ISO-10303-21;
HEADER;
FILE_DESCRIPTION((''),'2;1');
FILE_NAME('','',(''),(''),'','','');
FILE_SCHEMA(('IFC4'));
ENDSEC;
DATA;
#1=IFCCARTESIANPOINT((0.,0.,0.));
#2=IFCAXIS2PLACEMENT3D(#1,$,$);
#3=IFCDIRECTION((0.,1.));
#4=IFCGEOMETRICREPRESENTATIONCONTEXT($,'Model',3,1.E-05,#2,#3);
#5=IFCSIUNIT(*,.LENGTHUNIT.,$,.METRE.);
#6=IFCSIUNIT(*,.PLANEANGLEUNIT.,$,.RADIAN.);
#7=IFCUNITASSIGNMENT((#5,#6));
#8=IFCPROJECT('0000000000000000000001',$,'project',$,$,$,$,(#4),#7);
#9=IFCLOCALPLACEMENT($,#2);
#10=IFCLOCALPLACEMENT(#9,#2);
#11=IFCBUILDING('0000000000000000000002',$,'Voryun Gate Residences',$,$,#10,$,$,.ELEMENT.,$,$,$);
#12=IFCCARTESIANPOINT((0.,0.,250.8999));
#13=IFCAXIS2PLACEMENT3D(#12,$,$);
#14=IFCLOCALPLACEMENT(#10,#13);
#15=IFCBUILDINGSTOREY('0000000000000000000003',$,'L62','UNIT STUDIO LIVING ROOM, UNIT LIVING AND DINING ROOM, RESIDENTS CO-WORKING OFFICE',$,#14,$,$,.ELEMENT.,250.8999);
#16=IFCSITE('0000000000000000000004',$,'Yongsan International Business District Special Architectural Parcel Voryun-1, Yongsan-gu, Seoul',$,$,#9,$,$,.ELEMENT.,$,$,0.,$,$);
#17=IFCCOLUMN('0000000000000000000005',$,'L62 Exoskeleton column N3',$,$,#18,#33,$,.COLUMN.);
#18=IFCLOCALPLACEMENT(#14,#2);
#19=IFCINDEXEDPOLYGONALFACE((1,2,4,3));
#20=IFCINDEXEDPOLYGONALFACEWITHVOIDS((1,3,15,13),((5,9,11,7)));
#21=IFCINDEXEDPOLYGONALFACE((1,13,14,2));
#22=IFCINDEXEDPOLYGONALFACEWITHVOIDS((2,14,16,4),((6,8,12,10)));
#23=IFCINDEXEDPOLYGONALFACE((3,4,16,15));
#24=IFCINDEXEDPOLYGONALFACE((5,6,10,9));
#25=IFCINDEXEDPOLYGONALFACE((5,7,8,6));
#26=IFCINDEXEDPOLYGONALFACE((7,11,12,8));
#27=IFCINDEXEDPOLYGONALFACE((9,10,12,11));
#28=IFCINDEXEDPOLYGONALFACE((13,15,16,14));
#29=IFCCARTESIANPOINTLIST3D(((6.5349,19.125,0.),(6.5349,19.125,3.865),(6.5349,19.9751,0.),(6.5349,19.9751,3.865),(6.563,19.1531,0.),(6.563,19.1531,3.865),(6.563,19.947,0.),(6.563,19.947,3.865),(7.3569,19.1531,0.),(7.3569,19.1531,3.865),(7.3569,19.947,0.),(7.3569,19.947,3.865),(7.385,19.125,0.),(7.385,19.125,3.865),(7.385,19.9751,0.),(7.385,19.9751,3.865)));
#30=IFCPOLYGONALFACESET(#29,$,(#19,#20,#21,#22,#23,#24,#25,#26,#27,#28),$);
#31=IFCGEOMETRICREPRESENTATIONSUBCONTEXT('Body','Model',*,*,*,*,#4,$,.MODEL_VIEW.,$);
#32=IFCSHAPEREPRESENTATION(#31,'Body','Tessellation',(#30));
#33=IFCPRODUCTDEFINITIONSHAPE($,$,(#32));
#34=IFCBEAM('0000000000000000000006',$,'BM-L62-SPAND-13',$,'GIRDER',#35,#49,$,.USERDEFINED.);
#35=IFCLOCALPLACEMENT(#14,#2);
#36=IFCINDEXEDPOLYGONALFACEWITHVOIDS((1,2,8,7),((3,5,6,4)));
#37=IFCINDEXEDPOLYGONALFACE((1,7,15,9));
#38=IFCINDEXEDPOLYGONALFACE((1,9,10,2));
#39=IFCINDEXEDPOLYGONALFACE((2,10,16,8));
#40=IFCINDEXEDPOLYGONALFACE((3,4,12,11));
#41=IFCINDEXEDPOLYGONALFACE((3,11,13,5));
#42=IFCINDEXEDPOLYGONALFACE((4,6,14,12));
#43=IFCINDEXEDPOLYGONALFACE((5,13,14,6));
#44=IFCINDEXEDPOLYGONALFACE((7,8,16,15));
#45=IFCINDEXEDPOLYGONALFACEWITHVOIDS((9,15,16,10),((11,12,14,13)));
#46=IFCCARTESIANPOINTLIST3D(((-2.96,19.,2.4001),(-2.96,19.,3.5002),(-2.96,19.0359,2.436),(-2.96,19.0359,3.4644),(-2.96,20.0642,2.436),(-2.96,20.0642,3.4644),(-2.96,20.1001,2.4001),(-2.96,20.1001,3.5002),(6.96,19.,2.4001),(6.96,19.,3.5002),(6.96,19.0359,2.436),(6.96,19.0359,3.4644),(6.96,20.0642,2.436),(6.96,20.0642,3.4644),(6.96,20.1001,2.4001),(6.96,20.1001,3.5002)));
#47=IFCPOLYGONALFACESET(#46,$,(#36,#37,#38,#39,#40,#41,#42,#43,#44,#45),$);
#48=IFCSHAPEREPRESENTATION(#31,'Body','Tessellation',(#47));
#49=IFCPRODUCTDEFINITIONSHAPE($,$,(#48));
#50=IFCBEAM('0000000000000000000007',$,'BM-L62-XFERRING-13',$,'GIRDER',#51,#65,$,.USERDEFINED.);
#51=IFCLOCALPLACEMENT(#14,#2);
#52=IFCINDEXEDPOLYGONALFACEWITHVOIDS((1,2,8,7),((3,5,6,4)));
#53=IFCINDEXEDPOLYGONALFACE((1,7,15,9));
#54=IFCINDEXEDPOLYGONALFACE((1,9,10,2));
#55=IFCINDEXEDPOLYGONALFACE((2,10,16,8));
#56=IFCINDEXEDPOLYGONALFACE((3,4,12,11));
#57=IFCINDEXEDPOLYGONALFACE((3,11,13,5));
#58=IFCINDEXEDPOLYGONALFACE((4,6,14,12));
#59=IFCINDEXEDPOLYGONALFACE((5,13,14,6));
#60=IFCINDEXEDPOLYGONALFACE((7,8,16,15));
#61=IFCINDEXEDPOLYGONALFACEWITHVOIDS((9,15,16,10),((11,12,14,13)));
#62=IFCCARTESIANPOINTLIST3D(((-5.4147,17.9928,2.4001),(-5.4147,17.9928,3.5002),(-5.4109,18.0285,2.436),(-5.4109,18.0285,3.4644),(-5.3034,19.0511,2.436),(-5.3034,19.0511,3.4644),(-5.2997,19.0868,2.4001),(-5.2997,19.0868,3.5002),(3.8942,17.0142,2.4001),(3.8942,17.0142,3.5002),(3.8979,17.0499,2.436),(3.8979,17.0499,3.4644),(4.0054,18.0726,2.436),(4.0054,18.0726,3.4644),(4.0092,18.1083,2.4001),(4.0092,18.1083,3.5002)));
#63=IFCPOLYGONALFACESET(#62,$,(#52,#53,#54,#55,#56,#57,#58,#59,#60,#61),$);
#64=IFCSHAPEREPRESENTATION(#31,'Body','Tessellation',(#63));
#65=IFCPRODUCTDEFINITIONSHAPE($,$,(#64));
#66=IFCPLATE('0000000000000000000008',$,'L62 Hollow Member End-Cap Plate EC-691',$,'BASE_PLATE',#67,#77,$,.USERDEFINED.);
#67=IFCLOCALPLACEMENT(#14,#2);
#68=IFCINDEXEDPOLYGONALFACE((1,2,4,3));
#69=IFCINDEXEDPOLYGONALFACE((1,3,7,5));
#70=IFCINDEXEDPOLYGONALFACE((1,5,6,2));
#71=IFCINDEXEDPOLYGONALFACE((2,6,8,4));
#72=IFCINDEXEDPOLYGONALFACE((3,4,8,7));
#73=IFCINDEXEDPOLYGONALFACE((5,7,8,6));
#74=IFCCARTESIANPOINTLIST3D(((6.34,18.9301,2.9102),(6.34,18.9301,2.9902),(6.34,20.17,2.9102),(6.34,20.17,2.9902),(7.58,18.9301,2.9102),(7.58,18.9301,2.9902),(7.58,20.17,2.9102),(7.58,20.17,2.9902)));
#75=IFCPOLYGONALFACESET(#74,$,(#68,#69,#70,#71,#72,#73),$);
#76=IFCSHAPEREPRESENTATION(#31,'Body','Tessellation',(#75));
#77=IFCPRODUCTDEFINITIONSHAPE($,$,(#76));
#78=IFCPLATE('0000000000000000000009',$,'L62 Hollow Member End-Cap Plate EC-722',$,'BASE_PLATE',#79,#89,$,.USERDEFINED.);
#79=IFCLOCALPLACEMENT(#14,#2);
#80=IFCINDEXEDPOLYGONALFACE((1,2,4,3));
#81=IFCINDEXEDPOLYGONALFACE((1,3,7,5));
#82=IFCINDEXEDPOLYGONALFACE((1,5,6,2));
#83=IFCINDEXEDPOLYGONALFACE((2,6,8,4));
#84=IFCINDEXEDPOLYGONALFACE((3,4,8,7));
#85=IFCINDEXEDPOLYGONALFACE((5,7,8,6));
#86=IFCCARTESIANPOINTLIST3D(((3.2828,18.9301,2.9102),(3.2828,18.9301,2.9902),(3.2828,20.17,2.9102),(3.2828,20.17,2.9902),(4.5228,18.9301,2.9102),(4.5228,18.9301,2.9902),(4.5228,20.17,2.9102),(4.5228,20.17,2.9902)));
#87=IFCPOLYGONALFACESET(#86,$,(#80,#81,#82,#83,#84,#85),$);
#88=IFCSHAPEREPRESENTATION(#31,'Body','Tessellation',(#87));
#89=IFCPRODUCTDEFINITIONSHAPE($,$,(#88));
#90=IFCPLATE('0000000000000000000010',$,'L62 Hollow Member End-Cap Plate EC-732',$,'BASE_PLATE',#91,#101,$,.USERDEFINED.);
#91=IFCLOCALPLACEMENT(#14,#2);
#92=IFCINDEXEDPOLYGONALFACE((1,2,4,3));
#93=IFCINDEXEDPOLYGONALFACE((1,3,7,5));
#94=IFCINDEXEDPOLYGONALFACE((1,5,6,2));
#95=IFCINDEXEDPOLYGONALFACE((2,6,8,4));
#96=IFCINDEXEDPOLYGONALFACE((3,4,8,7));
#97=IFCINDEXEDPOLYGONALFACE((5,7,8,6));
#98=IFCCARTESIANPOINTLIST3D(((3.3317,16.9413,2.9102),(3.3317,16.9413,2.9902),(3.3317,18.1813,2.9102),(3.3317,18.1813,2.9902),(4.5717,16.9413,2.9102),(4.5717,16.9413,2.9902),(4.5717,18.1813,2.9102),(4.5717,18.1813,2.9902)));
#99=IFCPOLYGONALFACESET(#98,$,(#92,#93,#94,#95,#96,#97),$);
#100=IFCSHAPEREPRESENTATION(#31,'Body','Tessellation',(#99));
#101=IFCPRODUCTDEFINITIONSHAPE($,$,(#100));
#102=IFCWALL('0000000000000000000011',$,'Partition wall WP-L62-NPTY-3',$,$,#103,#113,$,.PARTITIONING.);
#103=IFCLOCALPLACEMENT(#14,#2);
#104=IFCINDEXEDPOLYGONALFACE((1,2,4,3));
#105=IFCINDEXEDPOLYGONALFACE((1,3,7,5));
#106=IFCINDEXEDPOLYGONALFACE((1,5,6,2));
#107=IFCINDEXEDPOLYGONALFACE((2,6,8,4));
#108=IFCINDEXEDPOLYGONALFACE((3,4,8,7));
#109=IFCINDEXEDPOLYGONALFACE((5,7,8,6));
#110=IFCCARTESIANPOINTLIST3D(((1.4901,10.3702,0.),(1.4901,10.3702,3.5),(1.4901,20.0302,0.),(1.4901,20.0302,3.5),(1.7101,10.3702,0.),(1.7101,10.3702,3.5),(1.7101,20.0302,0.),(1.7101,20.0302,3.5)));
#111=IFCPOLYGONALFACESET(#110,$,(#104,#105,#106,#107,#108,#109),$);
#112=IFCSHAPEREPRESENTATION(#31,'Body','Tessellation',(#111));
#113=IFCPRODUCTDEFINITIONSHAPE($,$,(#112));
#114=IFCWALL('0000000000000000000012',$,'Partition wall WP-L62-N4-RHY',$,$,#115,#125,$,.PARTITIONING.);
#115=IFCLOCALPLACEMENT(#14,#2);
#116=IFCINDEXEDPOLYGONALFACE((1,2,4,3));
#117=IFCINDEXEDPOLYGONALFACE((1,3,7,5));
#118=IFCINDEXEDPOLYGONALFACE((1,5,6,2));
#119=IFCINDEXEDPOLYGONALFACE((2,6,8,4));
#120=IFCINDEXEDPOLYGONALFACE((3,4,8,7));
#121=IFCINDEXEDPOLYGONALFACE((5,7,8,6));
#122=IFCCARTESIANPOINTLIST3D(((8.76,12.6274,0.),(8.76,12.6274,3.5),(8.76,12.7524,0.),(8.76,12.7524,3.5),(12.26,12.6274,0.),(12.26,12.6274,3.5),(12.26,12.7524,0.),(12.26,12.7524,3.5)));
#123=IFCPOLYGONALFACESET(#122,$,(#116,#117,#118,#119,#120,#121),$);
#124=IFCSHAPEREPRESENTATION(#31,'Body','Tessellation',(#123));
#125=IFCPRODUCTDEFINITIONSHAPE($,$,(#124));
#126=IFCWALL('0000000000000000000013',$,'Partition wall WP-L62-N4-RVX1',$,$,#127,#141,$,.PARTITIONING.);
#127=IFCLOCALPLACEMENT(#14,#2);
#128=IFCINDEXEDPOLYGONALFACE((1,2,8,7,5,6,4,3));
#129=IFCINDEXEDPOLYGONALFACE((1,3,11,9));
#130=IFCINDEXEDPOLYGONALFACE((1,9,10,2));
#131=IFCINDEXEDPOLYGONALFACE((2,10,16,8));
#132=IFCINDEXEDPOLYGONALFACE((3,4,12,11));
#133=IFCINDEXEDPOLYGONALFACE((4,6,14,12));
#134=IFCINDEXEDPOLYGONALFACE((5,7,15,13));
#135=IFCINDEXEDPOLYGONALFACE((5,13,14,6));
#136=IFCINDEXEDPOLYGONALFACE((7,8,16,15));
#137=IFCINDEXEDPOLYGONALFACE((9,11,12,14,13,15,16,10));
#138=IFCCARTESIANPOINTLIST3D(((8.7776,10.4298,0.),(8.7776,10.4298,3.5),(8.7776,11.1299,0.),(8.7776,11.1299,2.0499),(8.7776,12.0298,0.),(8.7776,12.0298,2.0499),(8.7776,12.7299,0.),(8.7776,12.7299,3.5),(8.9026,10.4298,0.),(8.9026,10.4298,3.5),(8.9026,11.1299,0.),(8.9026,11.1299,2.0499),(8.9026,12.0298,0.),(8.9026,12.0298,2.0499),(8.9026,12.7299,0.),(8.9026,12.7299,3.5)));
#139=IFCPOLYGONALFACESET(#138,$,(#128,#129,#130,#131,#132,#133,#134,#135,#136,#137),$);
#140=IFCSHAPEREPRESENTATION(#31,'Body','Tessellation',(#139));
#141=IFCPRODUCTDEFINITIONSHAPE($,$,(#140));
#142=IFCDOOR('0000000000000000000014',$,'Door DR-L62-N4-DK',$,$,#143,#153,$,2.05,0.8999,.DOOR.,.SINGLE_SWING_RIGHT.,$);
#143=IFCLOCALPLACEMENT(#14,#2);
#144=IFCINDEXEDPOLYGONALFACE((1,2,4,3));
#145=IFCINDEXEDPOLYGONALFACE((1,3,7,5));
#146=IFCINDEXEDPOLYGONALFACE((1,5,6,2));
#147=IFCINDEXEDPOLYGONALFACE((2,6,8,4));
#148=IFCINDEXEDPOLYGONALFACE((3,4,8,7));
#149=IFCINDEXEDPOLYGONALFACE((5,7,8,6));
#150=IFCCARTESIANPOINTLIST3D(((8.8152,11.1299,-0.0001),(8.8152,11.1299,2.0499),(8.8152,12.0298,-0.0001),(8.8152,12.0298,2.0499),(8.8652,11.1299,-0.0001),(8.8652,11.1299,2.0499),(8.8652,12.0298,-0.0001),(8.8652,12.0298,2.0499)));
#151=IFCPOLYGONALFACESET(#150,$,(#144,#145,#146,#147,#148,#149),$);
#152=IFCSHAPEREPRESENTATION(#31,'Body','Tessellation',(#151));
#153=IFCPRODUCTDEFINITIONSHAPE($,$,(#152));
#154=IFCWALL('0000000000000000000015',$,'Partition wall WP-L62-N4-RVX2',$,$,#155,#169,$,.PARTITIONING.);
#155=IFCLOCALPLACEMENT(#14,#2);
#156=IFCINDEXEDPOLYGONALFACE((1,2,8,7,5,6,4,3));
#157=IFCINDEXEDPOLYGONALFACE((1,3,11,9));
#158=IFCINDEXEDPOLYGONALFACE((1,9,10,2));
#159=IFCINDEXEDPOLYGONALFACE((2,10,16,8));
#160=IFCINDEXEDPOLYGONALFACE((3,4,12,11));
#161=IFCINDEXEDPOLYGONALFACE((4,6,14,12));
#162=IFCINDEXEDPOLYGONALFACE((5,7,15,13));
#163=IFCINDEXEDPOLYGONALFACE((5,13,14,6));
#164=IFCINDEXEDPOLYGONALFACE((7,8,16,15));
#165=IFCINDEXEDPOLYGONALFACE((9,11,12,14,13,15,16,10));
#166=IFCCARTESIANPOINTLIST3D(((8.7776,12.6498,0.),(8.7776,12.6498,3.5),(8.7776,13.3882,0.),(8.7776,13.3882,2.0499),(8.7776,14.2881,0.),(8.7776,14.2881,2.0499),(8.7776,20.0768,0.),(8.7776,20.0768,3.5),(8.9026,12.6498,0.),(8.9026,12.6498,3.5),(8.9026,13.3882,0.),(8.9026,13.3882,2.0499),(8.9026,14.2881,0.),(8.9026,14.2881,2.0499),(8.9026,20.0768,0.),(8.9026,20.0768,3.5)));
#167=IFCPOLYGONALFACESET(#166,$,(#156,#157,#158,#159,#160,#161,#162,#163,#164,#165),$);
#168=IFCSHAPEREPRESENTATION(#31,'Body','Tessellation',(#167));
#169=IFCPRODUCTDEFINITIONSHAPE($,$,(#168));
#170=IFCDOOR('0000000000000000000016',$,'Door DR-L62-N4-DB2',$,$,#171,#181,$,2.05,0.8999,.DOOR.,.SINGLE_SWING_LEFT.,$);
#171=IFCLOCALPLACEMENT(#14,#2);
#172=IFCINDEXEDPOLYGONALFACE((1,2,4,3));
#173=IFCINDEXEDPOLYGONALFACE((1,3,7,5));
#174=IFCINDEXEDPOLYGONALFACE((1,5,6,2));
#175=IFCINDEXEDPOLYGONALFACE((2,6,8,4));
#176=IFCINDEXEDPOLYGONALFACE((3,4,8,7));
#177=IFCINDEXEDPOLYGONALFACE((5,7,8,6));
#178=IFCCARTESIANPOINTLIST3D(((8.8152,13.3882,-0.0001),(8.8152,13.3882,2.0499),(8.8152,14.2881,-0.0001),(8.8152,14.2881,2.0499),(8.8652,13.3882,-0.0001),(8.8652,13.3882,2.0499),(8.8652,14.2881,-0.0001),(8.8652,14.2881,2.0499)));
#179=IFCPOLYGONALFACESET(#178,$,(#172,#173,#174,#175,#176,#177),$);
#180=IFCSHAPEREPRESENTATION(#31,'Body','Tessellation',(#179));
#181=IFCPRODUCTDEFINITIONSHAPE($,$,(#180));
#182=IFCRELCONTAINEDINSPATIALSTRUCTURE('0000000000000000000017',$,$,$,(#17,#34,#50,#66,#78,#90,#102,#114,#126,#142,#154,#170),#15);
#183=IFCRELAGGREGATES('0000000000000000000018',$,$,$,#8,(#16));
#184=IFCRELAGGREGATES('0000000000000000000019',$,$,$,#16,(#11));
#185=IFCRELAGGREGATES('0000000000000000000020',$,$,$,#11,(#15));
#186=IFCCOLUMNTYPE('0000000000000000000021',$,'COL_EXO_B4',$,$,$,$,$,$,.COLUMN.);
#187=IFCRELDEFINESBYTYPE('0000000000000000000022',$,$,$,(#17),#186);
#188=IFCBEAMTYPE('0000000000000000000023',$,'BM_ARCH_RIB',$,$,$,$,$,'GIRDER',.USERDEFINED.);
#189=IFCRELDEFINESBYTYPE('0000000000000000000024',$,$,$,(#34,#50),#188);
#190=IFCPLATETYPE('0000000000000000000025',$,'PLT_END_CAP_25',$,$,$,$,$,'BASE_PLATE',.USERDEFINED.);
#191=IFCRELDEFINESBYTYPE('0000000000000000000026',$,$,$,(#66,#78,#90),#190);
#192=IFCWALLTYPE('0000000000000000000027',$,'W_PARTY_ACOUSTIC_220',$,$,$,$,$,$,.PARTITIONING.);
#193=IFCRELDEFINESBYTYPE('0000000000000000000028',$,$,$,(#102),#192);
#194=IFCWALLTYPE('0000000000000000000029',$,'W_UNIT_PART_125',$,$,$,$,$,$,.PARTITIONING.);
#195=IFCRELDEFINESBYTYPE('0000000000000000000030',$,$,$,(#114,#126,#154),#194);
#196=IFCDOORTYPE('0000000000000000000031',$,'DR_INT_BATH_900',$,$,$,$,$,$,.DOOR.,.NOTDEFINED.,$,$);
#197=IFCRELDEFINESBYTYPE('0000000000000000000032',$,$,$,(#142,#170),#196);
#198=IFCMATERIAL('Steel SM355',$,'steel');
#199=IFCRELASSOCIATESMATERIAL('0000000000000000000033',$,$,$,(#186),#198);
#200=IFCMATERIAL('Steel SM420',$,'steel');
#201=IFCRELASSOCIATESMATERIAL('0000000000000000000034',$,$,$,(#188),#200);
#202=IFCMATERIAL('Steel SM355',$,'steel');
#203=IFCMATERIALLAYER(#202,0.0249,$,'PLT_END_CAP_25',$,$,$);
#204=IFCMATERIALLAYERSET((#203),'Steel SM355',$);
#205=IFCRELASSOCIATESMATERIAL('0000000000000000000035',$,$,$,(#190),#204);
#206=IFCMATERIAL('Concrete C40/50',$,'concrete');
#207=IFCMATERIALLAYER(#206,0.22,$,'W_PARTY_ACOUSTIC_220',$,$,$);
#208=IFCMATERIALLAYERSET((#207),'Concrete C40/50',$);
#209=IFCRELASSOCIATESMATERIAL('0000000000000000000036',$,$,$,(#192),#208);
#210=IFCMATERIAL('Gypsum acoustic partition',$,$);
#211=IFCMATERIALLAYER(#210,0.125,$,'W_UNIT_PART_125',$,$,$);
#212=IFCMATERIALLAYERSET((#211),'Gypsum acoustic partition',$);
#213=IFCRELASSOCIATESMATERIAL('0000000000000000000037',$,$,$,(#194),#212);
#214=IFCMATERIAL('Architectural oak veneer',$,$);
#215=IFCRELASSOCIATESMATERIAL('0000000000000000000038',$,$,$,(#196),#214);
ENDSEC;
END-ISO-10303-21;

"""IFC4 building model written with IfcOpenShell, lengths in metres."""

from ifc_helpers import new_model, si_unit, direction, frame, frame_2d, origin, origin_2d, place, context, subcontext, project, spatial, rectangle, hollow_rectangle, extrude, material, layer, layer_set, material_profile, profile_set, type_object, element, fill, save


model = new_model("IFC4")

# Units and contexts
model_context = context("Model", 3, precision=1e-05, world=origin(), true_north=direction((0.0, 1.0)))
body_context = subcontext(model_context, "Body", "Model", "MODEL_VIEW")
ifc_project = project(units=[si_unit("LENGTHUNIT", "METRE"), si_unit("PLANEANGLEUNIT", "RADIAN")], contexts=[model_context])

# Site, building, storey
site_placement = place(None, origin())
site = spatial("IfcSite", under=ifc_project, at=site_placement, Name="Yongsan International Business District Special Architectural Parcel Voryun-1, Yongsan-gu, Seoul", CompositionType="ELEMENT", RefElevation=0.0)
building_placement = place(site_placement, origin())
building = spatial("IfcBuilding", under=site, at=building_placement, Name="Voryun Gate Residences", CompositionType="ELEMENT")
storey_placement = place(building_placement, frame((0.0, 0.0, 250.8999)))
storey = spatial("IfcBuildingStorey", under=building, at=storey_placement, Name="L62", Description="UNIT STUDIO LIVING ROOM, UNIT LIVING AND DINING ROOM, RESIDENTS CO-WORKING OFFICE", CompositionType="ELEMENT", Elevation=250.8999)

# Column
ifc_material_1 = material(Name="Steel SM355", Category="steel")
ifc_material_profile_1 = material_profile(ifc_material_1, hollow_rectangle(XDim=0.8501, YDim=0.8501, WallThickness=0.0281, at=origin_2d()), Name="BOX-850x850x28")
ifc_profile_set_1 = profile_set([ifc_material_profile_1], Name="Steel SM355")
column_type = type_object("IfcColumnType", Name="COL_EXO_B4", PredefinedType="COLUMN", material=ifc_profile_set_1)
column_placement = place(storey_placement, frame((6.96, 19.55, 0.0), z_axis=(0.0, 0.0, 1.0), x_axis=(1.0, 0.0, 0.0)))
element("IfcColumn", 1, at=column_placement, inside=storey, type_object=column_type, Name="L62 Exoskeleton column N3", PredefinedType="COLUMN", context=body_context, shape_type="SweptSolid", body=[
    extrude(hollow_rectangle(XDim=0.8501, YDim=0.8501, WallThickness=0.0281, at=origin_2d()), origin(), (0.0, 0.0, 1.0), 3.865),
])

# Beams
ifc_material_2 = material(Name="Steel SM420", Category="steel")
ifc_material_profile_2 = material_profile(ifc_material_2, hollow_rectangle(XDim=1.1001, YDim=1.1001, WallThickness=0.0359, at=origin_2d()), Name="BOX-1100x1100x36")
ifc_profile_set_2 = profile_set([ifc_material_profile_2], Name="Steel SM420")
beam_type = type_object("IfcBeamType", Name="BM_ARCH_RIB", ElementType="GIRDER", PredefinedType="USERDEFINED", material=ifc_profile_set_2)
beam_1_placement = place(storey_placement, frame((6.96, 19.55, 2.9502), z_axis=(-1.0, 0.0, 0.0), x_axis=(0.0, -1.0, 0.0)))
element("IfcBeam", 2, at=beam_1_placement, inside=storey, type_object=beam_type, Name="BM-L62-SPAND-13", ObjectType="GIRDER", PredefinedType="USERDEFINED", context=body_context, shape_type="SweptSolid", body=[
    extrude(hollow_rectangle(XDim=1.1001, YDim=1.1001, WallThickness=0.0359, at=origin_2d()), origin(), (0.0, 0.0, 1.0), 9.9199),
])
beam_2_placement = place(storey_placement, frame((3.9517, 17.5613, 2.9502), z_axis=(-0.994521, 0.104541, 0.0), x_axis=(-0.104541, -0.994521, 0.0)))
element("IfcBeam", 3, at=beam_2_placement, inside=storey, type_object=beam_type, Name="BM-L62-XFERRING-13", ObjectType="GIRDER", PredefinedType="USERDEFINED", context=body_context, shape_type="SweptSolid", body=[
    extrude(hollow_rectangle(XDim=1.1001, YDim=1.1001, WallThickness=0.0359, at=origin_2d()), origin(), (0.0, 0.0, 1.0), 9.3601),
])

# Plates
ifc_material_3 = material(Name="Steel SM355", Category="steel")
ifc_layer_1 = layer(ifc_material_3, 0.0249, Name="PLT_END_CAP_25")
ifc_layer_set_1 = layer_set([ifc_layer_1], Name="Steel SM355")
plate_type = type_object("IfcPlateType", Name="PLT_END_CAP_25", ElementType="BASE_PLATE", PredefinedType="USERDEFINED", material=ifc_layer_set_1)
for number, where, z_axis, x_axis, name in (
    (4, (6.96, 19.55, 2.9102), (0.0, 0.0, 1.0), (1.0, 0.0, 0.0), "L62 Hollow Member End-Cap Plate EC-691"),
    (5, (3.9028, 19.55, 2.9102), (0.0, 0.0, 1.0), (1.0, 0.0, 0.0), "L62 Hollow Member End-Cap Plate EC-722"),
    (6, (3.9517, 17.5613, 2.9102), (0.0, 0.0, 1.0), (1.0, 0.0, 0.0), "L62 Hollow Member End-Cap Plate EC-732"),
):
    element("IfcPlate", number, at=place(storey_placement, frame(where, z_axis=z_axis, x_axis=x_axis)), inside=storey, type_object=plate_type, Name=name, ObjectType="BASE_PLATE", PredefinedType="USERDEFINED", context=body_context, shape_type="SweptSolid", body=[
        extrude(rectangle(XDim=1.24, YDim=1.24, at=origin_2d()), origin(), (0.0, 0.0, 1.0), 0.0801),
    ])

# Walls
ifc_material_4 = material(Name="Concrete C40/50", Category="concrete")
ifc_layer_2 = layer(ifc_material_4, 0.22, Name="W_PARTY_ACOUSTIC_220")
ifc_layer_set_2 = layer_set([ifc_layer_2], Name="Concrete C40/50")
wall_type_1 = type_object("IfcWallType", Name="W_PARTY_ACOUSTIC_220", PredefinedType="PARTITIONING", material=ifc_layer_set_2)
wall_1_placement = place(storey_placement, frame((1.6001, 10.3701, 0.0), z_axis=(0.0, 0.0, 1.0), x_axis=(0.0, 1.0, 0.0)))
element("IfcWall", 7, at=wall_1_placement, inside=storey, type_object=wall_type_1, Name="Partition wall WP-L62-NPTY-3", PredefinedType="PARTITIONING", context=body_context, shape_type="SweptSolid", body=[
    extrude(rectangle(XDim=9.6599, YDim=0.22, at=frame_2d((4.8301, 0.0))), origin(), (0.0, 0.0, 1.0), 3.5),
])
ifc_material_5 = material(Name="Gypsum acoustic partition")
ifc_layer_3 = layer(ifc_material_5, 0.125, Name="W_UNIT_PART_125")
ifc_layer_set_3 = layer_set([ifc_layer_3], Name="Gypsum acoustic partition")
wall_type_2 = type_object("IfcWallType", Name="W_UNIT_PART_125", PredefinedType="PARTITIONING", material=ifc_layer_set_3)
wall_2_placement = place(storey_placement, frame((8.76, 12.6899, 0.0), z_axis=(0.0, 0.0, 1.0), x_axis=(1.0, 0.0, 0.0)))
element("IfcWall", 8, at=wall_2_placement, inside=storey, type_object=wall_type_2, Name="Partition wall WP-L62-N4-RHY", PredefinedType="PARTITIONING", context=body_context, shape_type="SweptSolid", body=[
    extrude(rectangle(XDim=3.5, YDim=0.125, at=frame_2d((1.75, 0.0))), origin(), (0.0, 0.0, 1.0), 3.5),
])

# Walls, openings, doors
wall_3_placement = place(storey_placement, frame((8.8401, 10.4299, 0.0), z_axis=(0.0, 0.0, 1.0), x_axis=(0.0, 1.0, 0.0)))
wall_3 = element("IfcWall", 9, at=wall_3_placement, inside=storey, type_object=wall_type_2, Name="Partition wall WP-L62-N4-RVX1", PredefinedType="PARTITIONING", context=body_context, shape_type="SweptSolid", body=[
    extrude(rectangle(XDim=2.3, YDim=0.125, at=frame_2d((1.1499, 0.0))), origin(), (0.0, 0.0, 1.0), 3.5),
])
opening_1_placement = place(wall_3_placement, frame((0.7, 0.0, 0.0)))
opening_1 = element("IfcOpeningElement", 10, at=opening_1_placement, cuts=wall_3, PredefinedType="OPENING", context=body_context, shape_type="SweptSolid", body=[
    extrude(rectangle(XDim=0.8999, YDim=2.05, at=frame_2d((0.45, 1.0249))), frame((0.0, 0.0725, 0.0), z_axis=(0.0, -1.0, 0.0), x_axis=(1.0, 0.0, 0.0)), (0.0, 0.0, 1.0), 0.145),
])
ifc_material_6 = material(Name="Architectural oak veneer")
door_type = type_object("IfcDoorType", Name="DR_INT_BATH_900", OperationType="NOTDEFINED", PredefinedType="DOOR", material=ifc_material_6)
door_1_placement = place(opening_1_placement, origin())
door_1 = element("IfcDoor", 11, at=door_1_placement, inside=storey, type_object=door_type, Name="Door DR-L62-N4-DK", OperationType="SINGLE_SWING_RIGHT", OverallHeight=2.05, OverallWidth=0.8999, PredefinedType="DOOR", context=body_context, shape_type="SweptSolid", body=[
    extrude(rectangle(XDim=0.8999, YDim=2.05, at=frame_2d((0.45, 1.0249))), frame((0.0, 0.0249, 0.0), z_axis=(0.0, -1.0, 0.0), x_axis=(1.0, 0.0, 0.0)), (0.0, 0.0, 1.0), 0.05),
])
fill(opening_1, door_1)
wall_4_placement = place(storey_placement, frame((8.8401, 12.6499, 0.0), z_axis=(0.0, 0.0, 1.0), x_axis=(0.0, 1.0, 0.0)))
wall_4 = element("IfcWall", 12, at=wall_4_placement, inside=storey, type_object=wall_type_2, Name="Partition wall WP-L62-N4-RVX2", PredefinedType="PARTITIONING", context=body_context, shape_type="SweptSolid", body=[
    extrude(rectangle(XDim=7.427, YDim=0.125, at=frame_2d((3.7134, 0.0))), origin(), (0.0, 0.0, 1.0), 3.5),
])
opening_2_placement = place(wall_4_placement, frame((0.7383, 0.0, 0.0)))
opening_2 = element("IfcOpeningElement", 13, at=opening_2_placement, cuts=wall_4, PredefinedType="OPENING", context=body_context, shape_type="SweptSolid", body=[
    extrude(rectangle(XDim=0.8999, YDim=2.05, at=frame_2d((0.45, 1.0249))), frame((0.0, 0.0725, 0.0), z_axis=(0.0, -1.0, 0.0), x_axis=(1.0, 0.0, 0.0)), (0.0, 0.0, 1.0), 0.145),
])
door_2_placement = place(opening_2_placement, origin())
door_2 = element("IfcDoor", 14, at=door_2_placement, inside=storey, type_object=door_type, Name="Door DR-L62-N4-DB2", OperationType="SINGLE_SWING_LEFT", OverallHeight=2.05, OverallWidth=0.8999, PredefinedType="DOOR", context=body_context, shape_type="SweptSolid", body=[
    extrude(rectangle(XDim=0.8999, YDim=2.05, at=frame_2d((0.45, 1.0249))), frame((0.0, 0.0249, 0.0), z_axis=(0.0, -1.0, 0.0), x_axis=(1.0, 0.0, 0.0)), (0.0, 0.0, 1.0), 0.05),
])
fill(opening_2, door_2)

save(model, "model.ifc")
